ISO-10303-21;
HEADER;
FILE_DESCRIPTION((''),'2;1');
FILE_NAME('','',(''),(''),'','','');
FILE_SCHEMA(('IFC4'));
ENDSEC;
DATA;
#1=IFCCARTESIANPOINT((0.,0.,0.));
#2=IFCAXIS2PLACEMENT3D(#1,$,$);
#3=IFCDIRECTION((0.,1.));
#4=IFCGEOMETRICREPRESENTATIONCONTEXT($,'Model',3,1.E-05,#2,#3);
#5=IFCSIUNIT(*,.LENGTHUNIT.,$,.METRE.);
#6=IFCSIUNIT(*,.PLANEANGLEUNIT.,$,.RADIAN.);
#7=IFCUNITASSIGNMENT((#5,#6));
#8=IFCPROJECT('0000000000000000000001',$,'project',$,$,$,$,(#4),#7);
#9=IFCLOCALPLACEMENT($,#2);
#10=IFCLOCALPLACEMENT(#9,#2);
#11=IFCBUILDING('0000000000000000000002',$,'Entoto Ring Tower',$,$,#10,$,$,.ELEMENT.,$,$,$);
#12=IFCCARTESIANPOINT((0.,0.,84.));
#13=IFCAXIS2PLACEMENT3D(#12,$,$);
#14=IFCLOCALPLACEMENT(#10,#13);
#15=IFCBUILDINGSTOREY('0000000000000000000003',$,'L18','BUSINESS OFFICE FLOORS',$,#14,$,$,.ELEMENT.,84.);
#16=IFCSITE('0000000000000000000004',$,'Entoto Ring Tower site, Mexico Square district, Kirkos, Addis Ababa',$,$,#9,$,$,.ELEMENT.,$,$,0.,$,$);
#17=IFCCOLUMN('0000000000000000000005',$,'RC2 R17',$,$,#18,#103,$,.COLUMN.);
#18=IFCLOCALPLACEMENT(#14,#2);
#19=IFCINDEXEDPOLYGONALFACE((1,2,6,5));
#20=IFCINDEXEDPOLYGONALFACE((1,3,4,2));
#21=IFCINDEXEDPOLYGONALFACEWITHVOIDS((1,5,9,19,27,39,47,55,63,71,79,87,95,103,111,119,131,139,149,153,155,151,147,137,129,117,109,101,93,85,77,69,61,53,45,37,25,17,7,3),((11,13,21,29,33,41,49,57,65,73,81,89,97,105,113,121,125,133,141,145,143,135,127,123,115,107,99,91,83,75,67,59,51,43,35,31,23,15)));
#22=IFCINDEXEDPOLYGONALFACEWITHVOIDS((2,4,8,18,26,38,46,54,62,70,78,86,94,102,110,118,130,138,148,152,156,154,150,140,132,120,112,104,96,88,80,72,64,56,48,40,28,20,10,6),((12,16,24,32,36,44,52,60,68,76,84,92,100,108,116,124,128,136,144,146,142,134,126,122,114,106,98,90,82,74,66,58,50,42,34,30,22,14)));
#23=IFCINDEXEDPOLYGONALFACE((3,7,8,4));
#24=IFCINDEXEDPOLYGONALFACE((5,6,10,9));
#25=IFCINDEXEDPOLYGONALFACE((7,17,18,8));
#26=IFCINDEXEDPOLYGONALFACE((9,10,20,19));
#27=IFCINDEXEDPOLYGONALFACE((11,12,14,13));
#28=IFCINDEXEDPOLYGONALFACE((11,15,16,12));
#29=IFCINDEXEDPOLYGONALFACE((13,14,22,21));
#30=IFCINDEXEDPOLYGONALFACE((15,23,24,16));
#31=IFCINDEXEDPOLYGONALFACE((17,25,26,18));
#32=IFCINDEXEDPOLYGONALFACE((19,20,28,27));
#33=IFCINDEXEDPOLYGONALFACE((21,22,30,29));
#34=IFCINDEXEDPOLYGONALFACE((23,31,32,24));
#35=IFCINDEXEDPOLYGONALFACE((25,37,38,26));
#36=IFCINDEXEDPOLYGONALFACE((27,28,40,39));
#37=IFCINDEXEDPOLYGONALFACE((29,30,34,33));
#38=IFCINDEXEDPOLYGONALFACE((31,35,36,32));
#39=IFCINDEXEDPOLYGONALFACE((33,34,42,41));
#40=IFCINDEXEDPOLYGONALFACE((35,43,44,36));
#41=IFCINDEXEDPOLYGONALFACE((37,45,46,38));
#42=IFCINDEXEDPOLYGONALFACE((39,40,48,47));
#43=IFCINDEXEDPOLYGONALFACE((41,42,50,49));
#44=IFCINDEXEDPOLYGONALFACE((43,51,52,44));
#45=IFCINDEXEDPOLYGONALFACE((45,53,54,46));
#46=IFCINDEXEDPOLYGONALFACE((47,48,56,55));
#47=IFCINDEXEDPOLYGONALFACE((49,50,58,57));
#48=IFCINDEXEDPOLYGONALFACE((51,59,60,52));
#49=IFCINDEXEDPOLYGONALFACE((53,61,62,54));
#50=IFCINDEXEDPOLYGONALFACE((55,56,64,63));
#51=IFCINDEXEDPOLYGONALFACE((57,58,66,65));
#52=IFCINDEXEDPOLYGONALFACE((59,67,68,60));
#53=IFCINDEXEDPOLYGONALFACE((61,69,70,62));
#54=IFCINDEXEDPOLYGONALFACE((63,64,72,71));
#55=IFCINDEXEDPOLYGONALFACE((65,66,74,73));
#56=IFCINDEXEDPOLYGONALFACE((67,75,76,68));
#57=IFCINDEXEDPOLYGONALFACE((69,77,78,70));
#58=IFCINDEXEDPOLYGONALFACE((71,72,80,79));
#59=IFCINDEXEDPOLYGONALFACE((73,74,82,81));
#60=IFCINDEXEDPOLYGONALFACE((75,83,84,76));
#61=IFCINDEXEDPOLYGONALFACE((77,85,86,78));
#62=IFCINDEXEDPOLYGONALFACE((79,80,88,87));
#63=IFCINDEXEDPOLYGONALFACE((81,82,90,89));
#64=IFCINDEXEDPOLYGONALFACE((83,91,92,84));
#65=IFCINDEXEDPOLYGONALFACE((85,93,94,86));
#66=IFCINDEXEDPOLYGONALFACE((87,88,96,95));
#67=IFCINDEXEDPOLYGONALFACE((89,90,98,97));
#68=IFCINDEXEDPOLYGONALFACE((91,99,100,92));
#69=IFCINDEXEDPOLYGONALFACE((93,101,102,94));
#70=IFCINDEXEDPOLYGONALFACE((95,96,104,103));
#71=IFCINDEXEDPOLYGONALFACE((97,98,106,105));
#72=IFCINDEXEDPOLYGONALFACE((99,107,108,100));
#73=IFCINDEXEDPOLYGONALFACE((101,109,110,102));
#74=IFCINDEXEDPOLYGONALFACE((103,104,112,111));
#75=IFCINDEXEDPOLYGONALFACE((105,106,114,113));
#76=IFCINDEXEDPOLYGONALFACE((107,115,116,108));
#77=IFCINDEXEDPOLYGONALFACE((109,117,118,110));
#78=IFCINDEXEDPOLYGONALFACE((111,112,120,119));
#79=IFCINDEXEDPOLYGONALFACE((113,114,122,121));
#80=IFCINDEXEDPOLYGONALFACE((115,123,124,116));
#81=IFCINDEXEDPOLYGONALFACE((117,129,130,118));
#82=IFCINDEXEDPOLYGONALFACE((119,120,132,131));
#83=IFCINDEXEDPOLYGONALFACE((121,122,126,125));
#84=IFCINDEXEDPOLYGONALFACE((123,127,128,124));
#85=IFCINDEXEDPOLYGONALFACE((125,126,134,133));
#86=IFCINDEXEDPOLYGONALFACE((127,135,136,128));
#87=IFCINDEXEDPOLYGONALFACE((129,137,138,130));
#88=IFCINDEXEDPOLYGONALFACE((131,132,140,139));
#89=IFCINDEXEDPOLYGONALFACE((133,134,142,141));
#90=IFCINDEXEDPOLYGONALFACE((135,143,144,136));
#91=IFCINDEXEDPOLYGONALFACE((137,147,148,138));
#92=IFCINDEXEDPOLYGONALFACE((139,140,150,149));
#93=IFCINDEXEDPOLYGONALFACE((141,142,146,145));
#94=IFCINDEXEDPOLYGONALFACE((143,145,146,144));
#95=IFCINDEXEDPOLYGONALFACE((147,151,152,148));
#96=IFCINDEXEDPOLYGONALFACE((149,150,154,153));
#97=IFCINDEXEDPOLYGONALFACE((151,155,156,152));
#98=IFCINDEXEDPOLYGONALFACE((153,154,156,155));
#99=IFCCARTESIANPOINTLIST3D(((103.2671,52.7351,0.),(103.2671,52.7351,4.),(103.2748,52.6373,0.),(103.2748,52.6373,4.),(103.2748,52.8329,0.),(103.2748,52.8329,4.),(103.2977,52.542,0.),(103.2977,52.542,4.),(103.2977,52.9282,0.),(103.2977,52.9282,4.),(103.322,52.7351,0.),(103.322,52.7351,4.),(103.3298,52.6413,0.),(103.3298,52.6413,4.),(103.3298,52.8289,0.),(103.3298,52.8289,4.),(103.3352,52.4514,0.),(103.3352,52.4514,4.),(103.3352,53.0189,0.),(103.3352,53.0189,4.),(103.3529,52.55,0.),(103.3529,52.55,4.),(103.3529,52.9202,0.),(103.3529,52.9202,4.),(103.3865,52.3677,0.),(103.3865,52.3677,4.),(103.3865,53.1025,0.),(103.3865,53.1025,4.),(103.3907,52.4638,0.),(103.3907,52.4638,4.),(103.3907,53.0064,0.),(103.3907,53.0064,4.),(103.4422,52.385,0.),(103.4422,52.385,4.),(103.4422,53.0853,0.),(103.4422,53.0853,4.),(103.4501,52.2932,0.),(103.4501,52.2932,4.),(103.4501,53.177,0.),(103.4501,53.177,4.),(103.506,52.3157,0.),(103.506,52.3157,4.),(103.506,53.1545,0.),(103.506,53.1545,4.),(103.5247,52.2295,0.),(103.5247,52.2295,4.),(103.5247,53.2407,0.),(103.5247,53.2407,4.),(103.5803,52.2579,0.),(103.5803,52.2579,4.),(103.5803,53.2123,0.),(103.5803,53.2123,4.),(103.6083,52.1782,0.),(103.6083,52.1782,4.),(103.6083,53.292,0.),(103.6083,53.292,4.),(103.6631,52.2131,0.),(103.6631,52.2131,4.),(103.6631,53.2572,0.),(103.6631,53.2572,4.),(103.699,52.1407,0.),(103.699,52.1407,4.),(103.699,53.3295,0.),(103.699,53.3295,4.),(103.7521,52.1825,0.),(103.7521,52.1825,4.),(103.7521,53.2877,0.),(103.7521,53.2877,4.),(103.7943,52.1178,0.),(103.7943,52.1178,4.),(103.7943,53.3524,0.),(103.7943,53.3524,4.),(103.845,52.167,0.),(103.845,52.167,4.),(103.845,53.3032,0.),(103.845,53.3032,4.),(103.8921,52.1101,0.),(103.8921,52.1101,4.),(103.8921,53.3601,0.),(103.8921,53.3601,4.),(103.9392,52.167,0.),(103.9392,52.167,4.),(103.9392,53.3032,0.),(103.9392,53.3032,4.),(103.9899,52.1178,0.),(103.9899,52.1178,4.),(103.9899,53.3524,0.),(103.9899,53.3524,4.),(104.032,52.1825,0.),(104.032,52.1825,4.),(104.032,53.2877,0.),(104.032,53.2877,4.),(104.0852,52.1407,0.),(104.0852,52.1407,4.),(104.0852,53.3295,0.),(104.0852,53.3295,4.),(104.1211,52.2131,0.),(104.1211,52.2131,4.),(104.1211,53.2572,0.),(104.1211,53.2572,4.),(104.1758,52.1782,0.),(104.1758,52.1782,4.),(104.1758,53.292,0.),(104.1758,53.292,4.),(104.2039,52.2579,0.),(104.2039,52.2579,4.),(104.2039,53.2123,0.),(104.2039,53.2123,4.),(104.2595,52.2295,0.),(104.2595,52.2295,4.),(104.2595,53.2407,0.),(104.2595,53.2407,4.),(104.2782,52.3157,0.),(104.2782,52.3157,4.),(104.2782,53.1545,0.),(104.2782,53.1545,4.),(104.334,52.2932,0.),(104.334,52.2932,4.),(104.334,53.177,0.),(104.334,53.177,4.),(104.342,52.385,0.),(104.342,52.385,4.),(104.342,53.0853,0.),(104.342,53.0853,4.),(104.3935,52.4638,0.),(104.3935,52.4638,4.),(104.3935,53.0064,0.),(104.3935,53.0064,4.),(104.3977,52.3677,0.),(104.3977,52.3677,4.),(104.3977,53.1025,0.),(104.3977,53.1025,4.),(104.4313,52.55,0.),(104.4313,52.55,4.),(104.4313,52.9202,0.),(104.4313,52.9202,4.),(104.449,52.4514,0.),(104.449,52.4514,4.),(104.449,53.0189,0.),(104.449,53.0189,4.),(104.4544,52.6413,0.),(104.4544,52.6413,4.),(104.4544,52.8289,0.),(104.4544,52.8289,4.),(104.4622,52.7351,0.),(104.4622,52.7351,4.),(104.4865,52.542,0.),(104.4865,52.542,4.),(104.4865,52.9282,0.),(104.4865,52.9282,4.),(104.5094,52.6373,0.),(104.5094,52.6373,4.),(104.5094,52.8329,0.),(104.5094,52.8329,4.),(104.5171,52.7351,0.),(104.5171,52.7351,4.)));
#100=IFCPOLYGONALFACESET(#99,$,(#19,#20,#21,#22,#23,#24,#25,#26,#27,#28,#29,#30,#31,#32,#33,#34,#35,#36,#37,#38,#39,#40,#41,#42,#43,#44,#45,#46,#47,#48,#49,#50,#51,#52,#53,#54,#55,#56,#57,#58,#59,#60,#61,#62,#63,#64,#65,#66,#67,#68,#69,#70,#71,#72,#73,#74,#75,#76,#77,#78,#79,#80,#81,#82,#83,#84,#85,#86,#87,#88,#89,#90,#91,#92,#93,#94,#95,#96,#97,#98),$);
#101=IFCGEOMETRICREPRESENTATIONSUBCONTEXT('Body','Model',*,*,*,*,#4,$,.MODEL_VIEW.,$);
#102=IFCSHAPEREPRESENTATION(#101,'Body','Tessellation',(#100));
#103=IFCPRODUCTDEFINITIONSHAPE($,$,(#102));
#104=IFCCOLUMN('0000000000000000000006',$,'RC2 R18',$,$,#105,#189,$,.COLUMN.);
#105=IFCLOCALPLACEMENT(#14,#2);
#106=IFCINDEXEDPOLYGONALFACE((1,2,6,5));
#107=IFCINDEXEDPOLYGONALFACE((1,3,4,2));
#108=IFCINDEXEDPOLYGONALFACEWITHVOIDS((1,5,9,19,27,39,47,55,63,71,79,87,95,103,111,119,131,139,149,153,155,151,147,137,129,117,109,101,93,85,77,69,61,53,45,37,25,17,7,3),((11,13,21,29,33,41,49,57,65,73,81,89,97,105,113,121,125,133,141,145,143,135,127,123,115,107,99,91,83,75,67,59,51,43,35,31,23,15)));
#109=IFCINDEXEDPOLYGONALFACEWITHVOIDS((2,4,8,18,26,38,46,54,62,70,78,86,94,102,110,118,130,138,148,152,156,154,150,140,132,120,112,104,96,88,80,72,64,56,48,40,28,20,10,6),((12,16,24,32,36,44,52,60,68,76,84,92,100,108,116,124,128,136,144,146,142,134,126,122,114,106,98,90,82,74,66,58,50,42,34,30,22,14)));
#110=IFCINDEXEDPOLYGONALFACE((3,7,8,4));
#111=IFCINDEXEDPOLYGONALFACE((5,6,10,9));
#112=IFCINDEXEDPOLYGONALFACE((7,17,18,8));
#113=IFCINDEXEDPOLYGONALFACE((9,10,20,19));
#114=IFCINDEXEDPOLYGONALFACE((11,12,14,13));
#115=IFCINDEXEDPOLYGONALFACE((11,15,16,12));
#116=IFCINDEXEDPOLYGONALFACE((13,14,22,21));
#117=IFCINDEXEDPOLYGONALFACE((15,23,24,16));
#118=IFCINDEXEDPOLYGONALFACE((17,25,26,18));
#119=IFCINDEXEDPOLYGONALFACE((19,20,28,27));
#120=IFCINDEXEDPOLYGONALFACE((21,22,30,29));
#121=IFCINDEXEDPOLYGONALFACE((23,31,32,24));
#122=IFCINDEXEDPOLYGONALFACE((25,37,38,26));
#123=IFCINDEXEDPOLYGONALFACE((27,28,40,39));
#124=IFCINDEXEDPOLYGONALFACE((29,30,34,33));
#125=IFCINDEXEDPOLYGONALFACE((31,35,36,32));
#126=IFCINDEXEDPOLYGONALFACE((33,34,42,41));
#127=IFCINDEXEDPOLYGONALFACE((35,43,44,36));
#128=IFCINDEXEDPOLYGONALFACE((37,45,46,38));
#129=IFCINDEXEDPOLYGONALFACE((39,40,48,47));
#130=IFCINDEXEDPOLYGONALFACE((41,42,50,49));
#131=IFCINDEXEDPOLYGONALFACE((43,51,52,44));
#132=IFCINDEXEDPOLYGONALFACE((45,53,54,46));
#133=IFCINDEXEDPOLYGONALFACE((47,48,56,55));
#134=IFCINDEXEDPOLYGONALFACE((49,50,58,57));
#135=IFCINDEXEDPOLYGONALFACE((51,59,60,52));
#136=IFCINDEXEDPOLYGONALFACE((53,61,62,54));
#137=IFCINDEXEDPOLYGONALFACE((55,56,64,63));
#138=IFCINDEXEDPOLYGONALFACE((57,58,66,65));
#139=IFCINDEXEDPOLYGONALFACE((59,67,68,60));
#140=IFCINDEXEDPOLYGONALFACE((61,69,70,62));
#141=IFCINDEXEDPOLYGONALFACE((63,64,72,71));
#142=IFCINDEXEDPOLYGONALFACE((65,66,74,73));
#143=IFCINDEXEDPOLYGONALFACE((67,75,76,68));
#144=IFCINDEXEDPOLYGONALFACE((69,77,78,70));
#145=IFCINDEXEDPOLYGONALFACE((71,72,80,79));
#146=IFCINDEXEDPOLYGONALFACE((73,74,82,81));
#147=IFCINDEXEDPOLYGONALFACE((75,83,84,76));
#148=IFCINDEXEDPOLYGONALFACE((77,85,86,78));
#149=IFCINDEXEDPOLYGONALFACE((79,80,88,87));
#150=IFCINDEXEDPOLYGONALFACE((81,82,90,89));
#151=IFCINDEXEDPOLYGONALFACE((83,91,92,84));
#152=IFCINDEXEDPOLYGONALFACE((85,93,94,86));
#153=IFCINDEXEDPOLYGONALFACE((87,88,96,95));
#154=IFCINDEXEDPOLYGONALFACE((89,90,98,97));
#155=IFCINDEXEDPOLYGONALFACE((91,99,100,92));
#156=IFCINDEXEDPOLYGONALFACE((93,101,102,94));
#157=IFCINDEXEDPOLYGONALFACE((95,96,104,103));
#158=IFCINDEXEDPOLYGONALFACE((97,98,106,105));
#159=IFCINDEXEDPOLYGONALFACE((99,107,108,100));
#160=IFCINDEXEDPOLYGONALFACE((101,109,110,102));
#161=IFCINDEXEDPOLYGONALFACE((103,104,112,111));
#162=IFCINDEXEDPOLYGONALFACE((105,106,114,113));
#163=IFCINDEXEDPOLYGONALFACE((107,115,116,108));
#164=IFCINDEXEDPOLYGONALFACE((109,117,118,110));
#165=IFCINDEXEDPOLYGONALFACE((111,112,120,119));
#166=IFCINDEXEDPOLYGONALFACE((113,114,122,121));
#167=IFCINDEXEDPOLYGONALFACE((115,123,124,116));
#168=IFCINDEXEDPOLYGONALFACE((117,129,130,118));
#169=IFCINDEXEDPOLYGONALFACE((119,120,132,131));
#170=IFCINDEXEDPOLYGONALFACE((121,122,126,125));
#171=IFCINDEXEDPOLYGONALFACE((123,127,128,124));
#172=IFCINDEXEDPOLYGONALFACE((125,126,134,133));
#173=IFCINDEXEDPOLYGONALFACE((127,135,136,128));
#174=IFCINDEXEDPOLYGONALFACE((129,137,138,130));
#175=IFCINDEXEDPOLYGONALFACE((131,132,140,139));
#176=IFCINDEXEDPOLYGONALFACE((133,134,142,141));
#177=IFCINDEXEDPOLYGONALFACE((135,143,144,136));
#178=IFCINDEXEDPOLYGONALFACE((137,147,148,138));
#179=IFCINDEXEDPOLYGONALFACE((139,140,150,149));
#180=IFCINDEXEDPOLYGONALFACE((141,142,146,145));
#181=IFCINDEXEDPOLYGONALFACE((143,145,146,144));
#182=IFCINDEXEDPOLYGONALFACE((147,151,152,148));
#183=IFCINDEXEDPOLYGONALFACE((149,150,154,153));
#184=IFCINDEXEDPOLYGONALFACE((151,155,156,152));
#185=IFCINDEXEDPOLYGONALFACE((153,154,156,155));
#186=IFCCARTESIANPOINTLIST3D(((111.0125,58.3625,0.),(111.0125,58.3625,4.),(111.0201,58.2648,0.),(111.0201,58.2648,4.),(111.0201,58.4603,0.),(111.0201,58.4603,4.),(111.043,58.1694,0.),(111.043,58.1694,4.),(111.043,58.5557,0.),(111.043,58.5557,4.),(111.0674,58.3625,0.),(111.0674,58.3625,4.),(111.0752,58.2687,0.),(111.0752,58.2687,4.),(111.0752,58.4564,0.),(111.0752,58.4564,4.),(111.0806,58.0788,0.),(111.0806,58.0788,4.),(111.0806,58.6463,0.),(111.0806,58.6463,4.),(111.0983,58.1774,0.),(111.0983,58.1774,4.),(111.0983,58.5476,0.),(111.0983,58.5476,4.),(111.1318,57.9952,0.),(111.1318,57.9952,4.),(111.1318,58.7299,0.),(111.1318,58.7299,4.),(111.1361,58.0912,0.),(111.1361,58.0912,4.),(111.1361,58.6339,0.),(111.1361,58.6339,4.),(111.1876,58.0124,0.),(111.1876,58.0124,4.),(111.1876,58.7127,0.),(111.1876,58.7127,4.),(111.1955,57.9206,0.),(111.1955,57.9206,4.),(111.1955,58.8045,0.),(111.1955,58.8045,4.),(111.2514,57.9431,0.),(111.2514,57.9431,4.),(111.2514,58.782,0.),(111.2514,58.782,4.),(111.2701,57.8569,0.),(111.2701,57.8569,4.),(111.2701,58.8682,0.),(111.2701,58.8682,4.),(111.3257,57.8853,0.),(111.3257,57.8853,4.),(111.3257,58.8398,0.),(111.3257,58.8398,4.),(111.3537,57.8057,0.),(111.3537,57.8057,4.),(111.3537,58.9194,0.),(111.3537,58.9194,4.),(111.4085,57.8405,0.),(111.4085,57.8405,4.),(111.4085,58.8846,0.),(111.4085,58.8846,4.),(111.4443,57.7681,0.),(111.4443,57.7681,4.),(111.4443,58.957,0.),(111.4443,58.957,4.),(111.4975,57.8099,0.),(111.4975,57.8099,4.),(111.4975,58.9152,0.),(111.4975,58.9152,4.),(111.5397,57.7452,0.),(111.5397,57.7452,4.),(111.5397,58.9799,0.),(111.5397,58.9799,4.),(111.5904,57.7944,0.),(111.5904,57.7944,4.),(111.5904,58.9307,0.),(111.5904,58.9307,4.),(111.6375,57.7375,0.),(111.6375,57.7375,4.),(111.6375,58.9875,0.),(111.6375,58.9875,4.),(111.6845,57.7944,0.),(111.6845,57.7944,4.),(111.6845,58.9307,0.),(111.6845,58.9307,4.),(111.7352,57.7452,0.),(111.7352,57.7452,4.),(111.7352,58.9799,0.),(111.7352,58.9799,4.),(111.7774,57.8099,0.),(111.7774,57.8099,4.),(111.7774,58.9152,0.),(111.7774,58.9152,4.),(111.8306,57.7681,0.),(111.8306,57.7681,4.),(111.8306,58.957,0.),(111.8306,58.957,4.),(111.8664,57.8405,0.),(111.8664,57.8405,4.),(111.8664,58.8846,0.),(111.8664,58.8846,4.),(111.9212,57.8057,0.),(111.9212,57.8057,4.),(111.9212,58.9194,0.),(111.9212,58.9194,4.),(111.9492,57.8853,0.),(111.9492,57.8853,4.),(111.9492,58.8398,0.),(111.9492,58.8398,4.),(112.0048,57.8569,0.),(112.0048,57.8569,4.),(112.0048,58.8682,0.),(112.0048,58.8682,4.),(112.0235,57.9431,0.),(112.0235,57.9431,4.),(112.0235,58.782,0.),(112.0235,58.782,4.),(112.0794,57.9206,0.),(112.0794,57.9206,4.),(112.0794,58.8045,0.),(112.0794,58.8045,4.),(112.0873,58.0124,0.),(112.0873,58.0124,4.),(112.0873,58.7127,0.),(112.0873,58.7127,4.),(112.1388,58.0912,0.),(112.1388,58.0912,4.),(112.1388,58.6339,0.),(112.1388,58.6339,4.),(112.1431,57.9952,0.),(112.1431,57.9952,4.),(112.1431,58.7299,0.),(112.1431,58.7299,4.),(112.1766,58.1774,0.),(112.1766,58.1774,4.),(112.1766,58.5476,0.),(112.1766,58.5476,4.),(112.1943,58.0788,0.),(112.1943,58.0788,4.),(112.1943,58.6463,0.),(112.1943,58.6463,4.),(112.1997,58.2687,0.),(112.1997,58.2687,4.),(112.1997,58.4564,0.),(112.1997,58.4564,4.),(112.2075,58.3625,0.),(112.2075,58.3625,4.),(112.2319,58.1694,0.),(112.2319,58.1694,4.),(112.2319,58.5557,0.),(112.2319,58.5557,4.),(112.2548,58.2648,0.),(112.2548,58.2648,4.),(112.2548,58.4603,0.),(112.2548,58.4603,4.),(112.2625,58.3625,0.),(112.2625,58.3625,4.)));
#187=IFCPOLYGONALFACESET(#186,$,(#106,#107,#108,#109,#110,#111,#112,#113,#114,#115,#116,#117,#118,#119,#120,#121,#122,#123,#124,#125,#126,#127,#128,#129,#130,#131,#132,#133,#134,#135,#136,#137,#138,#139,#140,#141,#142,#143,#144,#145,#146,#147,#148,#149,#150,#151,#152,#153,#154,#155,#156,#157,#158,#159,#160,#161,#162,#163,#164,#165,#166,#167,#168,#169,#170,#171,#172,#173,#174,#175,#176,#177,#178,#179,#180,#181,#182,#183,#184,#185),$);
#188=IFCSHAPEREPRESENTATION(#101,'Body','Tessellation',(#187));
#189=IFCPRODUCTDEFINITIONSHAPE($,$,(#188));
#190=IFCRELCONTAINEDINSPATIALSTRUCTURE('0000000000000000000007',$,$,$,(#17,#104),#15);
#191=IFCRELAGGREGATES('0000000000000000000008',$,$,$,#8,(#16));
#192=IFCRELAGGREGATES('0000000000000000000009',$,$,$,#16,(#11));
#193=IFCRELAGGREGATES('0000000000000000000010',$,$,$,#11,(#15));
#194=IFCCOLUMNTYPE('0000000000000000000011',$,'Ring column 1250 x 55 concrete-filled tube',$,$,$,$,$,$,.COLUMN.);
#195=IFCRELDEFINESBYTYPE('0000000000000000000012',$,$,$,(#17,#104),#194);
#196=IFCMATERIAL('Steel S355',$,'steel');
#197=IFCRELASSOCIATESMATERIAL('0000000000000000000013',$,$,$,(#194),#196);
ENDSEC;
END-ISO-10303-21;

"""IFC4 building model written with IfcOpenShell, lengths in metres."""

from ifc_helpers import new_model, si_unit, direction, frame, origin, origin_2d, place, context, subcontext, project, spatial, circle, hollow_circle, extrude, material, material_profile, profile_set, type_object, element, save


model = new_model("IFC4")

# Units and contexts
model_context = context("Model", 3, precision=1e-05, world=origin(), true_north=direction((0.0, 1.0)))
body_context = subcontext(model_context, "Body", "Model", "MODEL_VIEW")
ifc_project = project(units=[si_unit("LENGTHUNIT", "METRE"), si_unit("PLANEANGLEUNIT", "RADIAN")], contexts=[model_context])

# Site, building, storey
site_placement = place(None, origin())
site = spatial("IfcSite", under=ifc_project, at=site_placement, Name="Entoto Ring Tower site, Mexico Square district, Kirkos, Addis Ababa", CompositionType="ELEMENT", RefElevation=0.0)
building_placement = place(site_placement, origin())
building = spatial("IfcBuilding", under=site, at=building_placement, Name="Entoto Ring Tower", CompositionType="ELEMENT")
storey_placement = place(building_placement, frame((0.0, 0.0, 84.0)))
storey = spatial("IfcBuildingStorey", under=building, at=storey_placement, Name="L18", Description="BUSINESS OFFICE FLOORS", CompositionType="ELEMENT", Elevation=84.0)

# Columns
ifc_material_1 = material(Name="Steel S355", Category="steel")
ifc_material_profile_1 = material_profile(ifc_material_1, hollow_circle(Radius=0.625, WallThickness=0.0549, at=origin_2d()), Name="CHS 1250 x 55")
ifc_material_2 = material(Name="Concrete C60/75", Category="concrete")
ifc_material_profile_2 = material_profile(ifc_material_2, circle(Radius=0.5701, at=origin_2d()), Name="Concrete C60/75 infill")
ifc_profile_set_1 = profile_set([ifc_material_profile_1, ifc_material_profile_2], Name="Steel S355")
column_type = type_object("IfcColumnType", Name="Ring column 1250 x 55 concrete-filled tube", PredefinedType="COLUMN", material=ifc_profile_set_1)
for number, where, z_axis, x_axis, name in (
    (1, (103.8921, 52.7351, 0.0), (0.0, 0.0, 1.0), (1.0, 0.0, 0.0), "RC2 R17"),
    (2, (111.6375, 58.3625, 0.0), (0.0, 0.0, 1.0), (1.0, 0.0, 0.0), "RC2 R18"),
):
    element("IfcColumn", number, at=place(storey_placement, frame(where, z_axis=z_axis, x_axis=x_axis)), inside=storey, type_object=column_type, Name=name, PredefinedType="COLUMN", context=body_context, shape_type="SweptSolid", body=[
        extrude(hollow_circle(Radius=0.625, WallThickness=0.0549, at=origin_2d()), origin(), (0.0, 0.0, 1.0), 4.0),
    ])

save(model, "model.ifc")
